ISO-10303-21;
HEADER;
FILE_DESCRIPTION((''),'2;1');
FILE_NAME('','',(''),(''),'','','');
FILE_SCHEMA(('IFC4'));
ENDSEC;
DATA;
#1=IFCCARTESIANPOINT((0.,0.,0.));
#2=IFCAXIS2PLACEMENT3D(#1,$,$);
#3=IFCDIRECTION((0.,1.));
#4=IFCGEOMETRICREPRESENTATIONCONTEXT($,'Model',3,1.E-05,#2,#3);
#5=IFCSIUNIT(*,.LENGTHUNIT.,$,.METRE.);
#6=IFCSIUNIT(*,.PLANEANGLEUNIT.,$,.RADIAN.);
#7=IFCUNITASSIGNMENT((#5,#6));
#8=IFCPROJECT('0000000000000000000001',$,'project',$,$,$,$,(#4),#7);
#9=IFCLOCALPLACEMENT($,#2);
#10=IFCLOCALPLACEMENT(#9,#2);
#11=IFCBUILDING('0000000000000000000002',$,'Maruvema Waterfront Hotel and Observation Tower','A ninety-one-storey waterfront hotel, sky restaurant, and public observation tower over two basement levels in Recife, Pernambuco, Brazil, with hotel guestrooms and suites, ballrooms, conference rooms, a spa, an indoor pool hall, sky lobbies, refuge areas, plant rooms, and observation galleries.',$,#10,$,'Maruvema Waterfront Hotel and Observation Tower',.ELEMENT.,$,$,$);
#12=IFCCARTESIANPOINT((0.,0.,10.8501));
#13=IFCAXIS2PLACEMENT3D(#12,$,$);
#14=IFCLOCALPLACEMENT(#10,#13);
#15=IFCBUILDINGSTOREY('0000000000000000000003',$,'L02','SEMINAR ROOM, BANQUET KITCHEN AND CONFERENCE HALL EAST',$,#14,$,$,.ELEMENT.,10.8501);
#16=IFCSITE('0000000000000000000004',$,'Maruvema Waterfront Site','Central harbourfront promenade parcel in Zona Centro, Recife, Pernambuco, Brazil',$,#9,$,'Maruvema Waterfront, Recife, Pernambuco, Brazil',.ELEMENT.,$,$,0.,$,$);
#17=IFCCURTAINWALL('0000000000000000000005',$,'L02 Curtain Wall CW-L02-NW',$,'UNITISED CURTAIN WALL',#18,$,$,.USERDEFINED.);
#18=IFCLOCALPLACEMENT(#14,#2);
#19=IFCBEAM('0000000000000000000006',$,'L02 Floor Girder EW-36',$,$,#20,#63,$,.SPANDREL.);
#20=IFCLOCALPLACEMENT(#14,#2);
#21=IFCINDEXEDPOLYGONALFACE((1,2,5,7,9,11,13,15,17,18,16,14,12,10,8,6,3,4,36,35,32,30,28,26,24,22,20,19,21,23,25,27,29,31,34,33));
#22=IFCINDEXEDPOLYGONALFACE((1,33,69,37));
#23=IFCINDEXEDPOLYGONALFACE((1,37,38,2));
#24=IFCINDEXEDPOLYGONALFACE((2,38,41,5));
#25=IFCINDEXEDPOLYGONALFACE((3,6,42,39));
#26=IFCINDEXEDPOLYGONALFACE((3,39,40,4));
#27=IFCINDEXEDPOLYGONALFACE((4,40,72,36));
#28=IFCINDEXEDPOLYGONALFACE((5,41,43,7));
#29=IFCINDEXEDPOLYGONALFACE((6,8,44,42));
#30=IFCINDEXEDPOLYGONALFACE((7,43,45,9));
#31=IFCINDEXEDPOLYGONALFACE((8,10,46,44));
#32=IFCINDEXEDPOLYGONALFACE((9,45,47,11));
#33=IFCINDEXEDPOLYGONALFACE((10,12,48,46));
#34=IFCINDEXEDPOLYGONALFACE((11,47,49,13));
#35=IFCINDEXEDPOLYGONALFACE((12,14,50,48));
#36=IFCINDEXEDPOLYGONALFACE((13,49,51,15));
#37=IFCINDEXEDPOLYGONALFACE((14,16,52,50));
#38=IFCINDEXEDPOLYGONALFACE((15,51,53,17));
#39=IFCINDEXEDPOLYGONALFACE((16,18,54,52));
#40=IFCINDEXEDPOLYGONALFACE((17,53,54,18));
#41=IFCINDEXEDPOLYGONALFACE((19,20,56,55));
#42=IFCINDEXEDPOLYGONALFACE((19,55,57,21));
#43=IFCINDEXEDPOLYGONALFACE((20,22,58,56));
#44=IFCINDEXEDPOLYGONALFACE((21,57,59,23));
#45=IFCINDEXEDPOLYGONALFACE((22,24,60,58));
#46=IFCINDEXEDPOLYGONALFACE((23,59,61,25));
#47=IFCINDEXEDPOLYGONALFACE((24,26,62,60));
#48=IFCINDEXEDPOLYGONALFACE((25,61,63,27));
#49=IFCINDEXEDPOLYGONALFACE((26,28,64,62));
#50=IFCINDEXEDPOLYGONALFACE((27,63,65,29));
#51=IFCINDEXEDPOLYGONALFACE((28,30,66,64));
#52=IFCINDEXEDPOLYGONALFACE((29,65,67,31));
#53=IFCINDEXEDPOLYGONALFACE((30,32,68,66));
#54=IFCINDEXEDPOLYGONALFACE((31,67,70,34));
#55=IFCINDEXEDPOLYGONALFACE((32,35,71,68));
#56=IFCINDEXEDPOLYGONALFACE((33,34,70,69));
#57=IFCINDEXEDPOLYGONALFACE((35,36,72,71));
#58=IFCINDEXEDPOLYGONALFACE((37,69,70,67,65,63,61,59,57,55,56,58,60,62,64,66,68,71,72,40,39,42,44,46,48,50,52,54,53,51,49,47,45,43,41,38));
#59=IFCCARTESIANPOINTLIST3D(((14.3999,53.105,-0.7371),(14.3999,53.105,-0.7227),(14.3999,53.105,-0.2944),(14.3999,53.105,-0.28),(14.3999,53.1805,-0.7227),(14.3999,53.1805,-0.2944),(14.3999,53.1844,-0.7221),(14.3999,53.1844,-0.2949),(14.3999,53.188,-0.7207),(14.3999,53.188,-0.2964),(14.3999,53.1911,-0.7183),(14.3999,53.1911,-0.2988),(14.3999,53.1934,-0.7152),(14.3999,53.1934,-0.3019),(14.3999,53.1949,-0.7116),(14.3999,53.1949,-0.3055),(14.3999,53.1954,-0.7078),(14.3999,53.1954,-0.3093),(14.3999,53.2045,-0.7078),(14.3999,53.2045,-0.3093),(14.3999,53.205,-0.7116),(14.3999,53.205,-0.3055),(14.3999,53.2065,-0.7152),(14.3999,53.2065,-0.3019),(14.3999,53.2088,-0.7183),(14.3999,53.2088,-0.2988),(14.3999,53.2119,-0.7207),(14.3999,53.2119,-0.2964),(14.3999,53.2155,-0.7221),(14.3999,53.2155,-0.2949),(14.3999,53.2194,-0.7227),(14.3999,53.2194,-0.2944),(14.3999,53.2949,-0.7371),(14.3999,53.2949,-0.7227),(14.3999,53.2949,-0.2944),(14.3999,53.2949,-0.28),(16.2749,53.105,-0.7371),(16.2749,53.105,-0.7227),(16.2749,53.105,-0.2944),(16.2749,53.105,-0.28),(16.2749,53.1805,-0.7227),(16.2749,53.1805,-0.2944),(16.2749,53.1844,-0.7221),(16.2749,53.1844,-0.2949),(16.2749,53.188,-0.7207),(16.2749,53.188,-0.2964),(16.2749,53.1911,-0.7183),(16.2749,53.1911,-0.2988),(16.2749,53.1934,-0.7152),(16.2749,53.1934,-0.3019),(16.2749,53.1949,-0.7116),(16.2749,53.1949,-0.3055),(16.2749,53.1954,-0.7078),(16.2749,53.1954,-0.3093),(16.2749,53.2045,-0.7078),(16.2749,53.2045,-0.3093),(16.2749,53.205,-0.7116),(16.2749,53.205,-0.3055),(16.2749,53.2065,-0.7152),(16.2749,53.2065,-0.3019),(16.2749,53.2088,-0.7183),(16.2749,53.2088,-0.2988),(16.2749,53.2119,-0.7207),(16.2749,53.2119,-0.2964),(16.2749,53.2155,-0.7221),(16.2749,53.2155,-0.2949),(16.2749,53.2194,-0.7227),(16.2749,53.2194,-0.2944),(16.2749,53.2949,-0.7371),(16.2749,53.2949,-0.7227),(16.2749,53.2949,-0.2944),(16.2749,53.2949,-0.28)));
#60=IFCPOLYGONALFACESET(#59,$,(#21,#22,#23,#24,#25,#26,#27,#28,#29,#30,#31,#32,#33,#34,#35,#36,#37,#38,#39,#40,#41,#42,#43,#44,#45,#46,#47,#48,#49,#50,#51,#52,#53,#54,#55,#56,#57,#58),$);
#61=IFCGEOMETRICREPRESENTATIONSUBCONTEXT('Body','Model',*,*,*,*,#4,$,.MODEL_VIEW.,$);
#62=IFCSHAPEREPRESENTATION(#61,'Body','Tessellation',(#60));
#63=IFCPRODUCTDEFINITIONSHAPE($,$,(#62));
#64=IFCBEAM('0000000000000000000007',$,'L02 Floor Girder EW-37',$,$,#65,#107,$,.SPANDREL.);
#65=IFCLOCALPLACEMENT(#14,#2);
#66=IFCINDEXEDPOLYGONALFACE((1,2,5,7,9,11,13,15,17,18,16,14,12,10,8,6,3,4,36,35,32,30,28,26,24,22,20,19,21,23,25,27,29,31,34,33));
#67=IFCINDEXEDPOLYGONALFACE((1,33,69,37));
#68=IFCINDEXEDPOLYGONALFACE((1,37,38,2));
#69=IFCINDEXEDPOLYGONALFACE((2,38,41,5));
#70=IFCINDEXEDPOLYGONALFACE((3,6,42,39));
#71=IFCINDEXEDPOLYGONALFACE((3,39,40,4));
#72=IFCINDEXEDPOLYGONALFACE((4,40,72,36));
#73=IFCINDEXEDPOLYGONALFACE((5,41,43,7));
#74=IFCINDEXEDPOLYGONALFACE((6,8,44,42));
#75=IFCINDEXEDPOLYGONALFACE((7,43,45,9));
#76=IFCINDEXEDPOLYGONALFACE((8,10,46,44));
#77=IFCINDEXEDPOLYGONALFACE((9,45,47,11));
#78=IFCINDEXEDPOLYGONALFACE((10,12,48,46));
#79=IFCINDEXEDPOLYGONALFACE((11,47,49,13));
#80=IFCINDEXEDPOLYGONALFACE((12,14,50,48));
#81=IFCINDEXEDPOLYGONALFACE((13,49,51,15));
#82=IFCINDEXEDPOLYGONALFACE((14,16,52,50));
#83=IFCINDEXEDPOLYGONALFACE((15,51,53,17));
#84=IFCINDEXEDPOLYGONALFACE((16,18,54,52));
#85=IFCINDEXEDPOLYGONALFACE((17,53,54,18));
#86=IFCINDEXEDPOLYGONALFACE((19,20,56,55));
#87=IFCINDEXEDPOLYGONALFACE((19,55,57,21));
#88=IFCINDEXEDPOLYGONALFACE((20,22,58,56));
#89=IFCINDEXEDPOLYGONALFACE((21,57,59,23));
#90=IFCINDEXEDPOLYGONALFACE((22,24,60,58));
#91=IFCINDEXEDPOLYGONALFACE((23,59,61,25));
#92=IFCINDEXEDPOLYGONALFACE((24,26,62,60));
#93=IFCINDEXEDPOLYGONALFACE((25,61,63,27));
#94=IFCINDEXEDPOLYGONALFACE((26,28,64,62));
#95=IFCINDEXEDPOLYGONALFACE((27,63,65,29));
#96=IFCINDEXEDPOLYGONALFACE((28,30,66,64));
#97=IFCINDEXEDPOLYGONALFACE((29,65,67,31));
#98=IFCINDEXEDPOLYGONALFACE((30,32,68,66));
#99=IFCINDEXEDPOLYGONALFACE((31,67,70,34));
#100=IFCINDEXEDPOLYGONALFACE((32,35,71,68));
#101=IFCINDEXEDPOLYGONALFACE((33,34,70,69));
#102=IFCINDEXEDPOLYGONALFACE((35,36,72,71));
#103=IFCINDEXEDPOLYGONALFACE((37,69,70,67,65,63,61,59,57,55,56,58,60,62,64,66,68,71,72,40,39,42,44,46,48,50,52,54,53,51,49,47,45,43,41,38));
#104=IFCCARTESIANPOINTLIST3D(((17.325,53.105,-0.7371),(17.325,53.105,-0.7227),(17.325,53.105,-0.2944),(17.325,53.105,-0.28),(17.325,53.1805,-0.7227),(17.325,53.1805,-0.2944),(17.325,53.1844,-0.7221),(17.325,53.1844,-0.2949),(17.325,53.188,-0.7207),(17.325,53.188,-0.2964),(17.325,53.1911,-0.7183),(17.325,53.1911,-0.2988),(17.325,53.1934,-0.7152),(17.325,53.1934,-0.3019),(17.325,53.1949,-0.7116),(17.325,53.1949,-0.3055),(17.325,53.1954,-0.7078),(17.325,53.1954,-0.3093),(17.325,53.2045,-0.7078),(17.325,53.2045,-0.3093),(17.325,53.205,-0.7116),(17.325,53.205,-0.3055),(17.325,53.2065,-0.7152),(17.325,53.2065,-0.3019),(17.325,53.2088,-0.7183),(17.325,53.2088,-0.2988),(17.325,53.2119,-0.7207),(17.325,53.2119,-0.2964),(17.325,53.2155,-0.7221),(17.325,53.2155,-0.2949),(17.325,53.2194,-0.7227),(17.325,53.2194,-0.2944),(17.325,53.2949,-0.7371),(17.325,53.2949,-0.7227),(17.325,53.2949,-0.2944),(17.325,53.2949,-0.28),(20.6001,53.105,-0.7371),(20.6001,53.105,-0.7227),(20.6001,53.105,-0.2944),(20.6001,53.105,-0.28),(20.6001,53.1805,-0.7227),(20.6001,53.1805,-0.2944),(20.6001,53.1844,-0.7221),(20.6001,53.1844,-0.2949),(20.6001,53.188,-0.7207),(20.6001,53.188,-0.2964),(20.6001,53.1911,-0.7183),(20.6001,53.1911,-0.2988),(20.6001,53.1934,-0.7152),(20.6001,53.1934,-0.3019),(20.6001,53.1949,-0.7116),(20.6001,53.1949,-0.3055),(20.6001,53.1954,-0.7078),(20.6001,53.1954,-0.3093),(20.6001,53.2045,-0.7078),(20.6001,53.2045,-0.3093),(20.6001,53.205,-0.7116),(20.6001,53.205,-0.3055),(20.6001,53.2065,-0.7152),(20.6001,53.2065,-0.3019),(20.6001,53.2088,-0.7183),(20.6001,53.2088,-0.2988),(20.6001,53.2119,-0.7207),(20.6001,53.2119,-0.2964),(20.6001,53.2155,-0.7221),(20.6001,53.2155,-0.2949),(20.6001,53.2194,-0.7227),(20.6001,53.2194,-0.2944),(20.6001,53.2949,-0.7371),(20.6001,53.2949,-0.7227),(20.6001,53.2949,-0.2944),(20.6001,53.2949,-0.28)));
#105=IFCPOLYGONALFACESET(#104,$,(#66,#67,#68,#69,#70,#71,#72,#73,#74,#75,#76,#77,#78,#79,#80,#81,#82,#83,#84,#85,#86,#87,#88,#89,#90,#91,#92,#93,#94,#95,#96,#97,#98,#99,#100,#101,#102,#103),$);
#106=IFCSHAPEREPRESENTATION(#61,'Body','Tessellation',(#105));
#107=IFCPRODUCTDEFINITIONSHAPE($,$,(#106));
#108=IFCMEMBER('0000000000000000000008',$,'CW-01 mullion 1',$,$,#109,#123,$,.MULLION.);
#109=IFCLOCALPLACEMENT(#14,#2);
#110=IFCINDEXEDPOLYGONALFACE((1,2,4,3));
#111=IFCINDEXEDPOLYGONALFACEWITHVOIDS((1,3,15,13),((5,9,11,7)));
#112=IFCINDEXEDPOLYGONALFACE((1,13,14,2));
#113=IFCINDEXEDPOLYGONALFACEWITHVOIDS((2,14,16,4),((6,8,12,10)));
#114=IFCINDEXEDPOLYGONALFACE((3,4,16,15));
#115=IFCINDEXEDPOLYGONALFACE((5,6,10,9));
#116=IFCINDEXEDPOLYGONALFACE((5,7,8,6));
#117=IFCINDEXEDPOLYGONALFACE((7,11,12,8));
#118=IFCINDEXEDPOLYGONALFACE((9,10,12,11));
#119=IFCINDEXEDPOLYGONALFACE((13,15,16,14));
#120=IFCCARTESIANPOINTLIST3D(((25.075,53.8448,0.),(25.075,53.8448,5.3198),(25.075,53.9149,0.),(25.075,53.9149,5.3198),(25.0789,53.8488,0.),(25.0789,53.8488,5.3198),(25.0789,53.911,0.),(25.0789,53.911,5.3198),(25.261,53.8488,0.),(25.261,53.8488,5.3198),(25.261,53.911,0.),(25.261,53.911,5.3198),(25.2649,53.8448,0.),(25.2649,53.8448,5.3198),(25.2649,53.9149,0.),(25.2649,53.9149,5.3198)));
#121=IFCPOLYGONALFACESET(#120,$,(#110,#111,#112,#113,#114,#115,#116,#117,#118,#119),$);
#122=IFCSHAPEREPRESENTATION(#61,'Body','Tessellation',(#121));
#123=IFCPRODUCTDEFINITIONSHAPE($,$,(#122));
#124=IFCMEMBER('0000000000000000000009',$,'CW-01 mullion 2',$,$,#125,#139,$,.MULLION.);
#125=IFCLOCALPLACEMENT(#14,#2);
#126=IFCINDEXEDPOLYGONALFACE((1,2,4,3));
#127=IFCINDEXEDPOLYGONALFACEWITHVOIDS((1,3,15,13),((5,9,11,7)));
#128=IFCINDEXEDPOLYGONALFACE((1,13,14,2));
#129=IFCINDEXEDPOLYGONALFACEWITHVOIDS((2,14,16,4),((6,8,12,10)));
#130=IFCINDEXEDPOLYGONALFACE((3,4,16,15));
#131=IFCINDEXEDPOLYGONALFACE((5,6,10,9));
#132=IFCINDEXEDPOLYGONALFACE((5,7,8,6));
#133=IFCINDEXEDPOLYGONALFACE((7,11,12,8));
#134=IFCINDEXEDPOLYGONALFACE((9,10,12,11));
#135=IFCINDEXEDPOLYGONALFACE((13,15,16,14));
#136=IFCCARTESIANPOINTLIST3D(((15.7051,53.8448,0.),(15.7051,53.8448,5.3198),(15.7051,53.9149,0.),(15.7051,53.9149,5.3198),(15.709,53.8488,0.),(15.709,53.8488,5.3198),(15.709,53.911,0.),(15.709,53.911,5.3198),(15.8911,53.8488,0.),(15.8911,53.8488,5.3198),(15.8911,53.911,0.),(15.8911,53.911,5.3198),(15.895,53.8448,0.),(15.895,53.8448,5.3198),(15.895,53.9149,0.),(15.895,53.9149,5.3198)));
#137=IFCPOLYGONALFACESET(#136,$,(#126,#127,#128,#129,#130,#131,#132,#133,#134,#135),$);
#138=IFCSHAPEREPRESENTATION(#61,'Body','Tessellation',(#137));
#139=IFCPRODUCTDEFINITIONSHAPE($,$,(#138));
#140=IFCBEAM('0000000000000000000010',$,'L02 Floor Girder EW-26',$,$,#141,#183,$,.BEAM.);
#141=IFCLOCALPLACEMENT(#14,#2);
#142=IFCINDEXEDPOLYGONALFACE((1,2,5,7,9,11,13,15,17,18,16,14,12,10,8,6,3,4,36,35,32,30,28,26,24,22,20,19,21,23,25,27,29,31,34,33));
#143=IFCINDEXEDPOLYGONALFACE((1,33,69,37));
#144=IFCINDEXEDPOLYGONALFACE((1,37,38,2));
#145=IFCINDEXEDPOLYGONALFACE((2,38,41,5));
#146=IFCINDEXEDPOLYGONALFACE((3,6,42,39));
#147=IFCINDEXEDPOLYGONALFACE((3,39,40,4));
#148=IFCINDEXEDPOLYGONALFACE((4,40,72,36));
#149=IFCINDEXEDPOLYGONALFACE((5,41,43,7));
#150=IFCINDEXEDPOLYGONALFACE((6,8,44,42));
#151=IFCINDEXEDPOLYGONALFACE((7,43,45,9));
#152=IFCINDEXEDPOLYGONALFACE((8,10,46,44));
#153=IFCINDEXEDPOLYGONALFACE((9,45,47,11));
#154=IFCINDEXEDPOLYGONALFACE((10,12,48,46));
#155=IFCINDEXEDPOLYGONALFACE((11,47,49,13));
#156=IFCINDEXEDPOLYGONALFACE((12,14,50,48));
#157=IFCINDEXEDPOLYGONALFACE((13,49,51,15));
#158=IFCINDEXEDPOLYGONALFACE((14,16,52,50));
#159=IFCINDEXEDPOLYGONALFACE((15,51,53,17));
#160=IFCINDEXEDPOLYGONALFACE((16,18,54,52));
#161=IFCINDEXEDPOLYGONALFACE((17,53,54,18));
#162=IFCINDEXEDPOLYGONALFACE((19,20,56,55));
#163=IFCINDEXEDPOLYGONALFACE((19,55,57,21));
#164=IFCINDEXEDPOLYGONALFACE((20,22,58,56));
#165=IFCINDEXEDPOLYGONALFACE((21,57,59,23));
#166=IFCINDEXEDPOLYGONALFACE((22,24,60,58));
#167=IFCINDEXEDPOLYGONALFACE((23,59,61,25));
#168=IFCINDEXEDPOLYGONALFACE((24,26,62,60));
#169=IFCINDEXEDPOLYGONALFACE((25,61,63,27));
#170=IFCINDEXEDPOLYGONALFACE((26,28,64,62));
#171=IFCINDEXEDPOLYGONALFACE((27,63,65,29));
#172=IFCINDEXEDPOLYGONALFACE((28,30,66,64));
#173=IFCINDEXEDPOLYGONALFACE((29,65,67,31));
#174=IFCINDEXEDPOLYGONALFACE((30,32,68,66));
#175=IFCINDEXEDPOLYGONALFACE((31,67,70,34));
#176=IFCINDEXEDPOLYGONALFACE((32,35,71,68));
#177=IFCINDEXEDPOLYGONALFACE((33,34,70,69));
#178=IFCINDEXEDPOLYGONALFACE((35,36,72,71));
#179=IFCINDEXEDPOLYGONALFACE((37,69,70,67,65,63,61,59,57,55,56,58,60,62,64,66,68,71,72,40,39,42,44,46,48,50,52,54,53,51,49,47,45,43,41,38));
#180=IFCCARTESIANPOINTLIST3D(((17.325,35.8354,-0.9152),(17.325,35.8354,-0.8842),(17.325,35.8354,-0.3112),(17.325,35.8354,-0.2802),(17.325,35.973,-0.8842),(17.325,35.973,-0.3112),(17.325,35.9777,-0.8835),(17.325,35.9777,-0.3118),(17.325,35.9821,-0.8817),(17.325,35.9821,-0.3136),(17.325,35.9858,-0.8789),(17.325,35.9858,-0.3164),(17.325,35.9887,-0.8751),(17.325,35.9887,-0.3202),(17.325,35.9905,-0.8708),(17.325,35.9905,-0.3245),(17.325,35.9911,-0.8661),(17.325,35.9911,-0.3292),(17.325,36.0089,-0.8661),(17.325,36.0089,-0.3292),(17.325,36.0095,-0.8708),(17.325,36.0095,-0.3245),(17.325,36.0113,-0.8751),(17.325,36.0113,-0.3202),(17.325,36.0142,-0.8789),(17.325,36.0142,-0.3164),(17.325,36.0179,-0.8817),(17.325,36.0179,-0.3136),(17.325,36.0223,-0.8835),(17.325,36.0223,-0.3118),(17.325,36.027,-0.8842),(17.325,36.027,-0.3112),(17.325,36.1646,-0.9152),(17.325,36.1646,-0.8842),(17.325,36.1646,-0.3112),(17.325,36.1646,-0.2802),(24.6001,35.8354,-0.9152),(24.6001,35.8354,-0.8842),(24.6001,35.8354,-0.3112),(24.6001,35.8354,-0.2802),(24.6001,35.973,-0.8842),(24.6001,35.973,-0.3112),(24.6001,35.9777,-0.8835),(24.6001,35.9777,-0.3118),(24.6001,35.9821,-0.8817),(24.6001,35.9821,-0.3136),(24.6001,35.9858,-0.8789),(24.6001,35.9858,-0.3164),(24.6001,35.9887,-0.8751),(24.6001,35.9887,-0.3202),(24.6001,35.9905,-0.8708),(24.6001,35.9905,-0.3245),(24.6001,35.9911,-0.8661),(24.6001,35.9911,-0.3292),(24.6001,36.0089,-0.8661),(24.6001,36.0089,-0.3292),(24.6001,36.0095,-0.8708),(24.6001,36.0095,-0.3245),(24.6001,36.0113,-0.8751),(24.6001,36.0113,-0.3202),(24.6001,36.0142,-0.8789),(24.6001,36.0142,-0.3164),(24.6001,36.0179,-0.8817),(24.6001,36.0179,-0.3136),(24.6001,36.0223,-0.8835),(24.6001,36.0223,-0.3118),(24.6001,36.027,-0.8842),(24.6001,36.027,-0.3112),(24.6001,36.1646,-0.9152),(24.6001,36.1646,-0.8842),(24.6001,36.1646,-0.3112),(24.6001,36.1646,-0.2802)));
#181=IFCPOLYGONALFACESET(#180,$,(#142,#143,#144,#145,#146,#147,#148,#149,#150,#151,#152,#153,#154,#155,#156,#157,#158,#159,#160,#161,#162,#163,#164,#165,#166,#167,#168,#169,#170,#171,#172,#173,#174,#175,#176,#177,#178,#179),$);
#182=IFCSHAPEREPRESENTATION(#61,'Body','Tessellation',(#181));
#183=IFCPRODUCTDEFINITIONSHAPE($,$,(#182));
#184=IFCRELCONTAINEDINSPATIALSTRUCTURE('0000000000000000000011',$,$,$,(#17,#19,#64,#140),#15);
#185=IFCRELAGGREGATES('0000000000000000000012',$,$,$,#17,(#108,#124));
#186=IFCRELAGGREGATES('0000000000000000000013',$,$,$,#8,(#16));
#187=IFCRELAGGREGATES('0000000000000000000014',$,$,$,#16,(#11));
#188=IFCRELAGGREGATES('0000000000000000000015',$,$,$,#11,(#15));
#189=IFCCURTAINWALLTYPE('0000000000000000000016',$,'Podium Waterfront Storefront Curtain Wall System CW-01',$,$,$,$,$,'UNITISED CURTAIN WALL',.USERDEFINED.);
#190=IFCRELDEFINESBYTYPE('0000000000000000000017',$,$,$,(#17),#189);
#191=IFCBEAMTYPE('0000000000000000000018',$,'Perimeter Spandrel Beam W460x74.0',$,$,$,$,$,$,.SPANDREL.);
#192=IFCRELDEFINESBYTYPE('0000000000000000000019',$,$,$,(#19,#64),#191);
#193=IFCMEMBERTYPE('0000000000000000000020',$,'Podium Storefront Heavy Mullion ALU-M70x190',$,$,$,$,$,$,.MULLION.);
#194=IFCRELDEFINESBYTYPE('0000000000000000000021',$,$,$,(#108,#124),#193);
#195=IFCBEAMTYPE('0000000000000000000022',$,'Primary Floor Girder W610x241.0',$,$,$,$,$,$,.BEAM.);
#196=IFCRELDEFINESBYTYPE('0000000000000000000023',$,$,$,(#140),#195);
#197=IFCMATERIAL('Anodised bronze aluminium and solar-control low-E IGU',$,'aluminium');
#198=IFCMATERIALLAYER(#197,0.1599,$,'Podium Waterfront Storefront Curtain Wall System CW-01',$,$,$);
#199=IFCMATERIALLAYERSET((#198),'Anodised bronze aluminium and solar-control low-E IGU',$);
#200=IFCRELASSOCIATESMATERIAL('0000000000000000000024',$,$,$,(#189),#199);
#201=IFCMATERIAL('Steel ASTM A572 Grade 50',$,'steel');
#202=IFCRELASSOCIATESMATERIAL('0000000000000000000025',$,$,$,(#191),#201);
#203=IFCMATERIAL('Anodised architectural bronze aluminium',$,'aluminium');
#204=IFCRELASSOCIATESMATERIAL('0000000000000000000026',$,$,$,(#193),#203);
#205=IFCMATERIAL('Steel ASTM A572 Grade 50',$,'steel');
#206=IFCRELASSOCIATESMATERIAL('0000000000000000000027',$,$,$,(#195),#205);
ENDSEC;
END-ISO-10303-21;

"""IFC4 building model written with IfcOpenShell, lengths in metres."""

from ifc_helpers import new_model, si_unit, direction, frame, origin, origin_2d, place, context, subcontext, project, spatial, hollow_rectangle, i_section, extrude, material, layer, layer_set, material_profile, profile_set, type_object, element, aggregate, save


model = new_model("IFC4")

# Units and contexts
model_context = context("Model", 3, precision=1e-05, world=origin(), true_north=direction((0.0, 1.0)))
body_context = subcontext(model_context, "Body", "Model", "MODEL_VIEW")
ifc_project = project(units=[si_unit("LENGTHUNIT", "METRE"), si_unit("PLANEANGLEUNIT", "RADIAN")], contexts=[model_context])

# Site, building, storey
site_placement = place(None, origin())
site = spatial("IfcSite", under=ifc_project, at=site_placement, Name="Maruvema Waterfront Site", Description="Central harbourfront promenade parcel in Zona Centro, Recife, Pernambuco, Brazil", LongName="Maruvema Waterfront, Recife, Pernambuco, Brazil", CompositionType="ELEMENT", RefElevation=0.0)
building_placement = place(site_placement, origin())
building = spatial("IfcBuilding", under=site, at=building_placement, Name="Maruvema Waterfront Hotel and Observation Tower", Description="A ninety-one-storey waterfront hotel, sky restaurant, and public observation tower over two basement levels in Recife, Pernambuco, Brazil, with hotel guestrooms and suites, ballrooms, conference rooms, a spa, an indoor pool hall, sky lobbies, refuge areas, plant rooms, and observation galleries.", LongName="Maruvema Waterfront Hotel and Observation Tower", CompositionType="ELEMENT")
storey_placement = place(building_placement, frame((0.0, 0.0, 10.8501)))
storey = spatial("IfcBuildingStorey", under=building, at=storey_placement, Name="L02", Description="SEMINAR ROOM, BANQUET KITCHEN AND CONFERENCE HALL EAST", CompositionType="ELEMENT", Elevation=10.8501)

# Curtain wall
ifc_material_1 = material(Name="Anodised bronze aluminium and solar-control low-E IGU", Category="aluminium")
ifc_layer_1 = layer(ifc_material_1, 0.1599, Name="Podium Waterfront Storefront Curtain Wall System CW-01")
ifc_layer_set_1 = layer_set([ifc_layer_1], Name="Anodised bronze aluminium and solar-control low-E IGU")
curtain_wall_type = type_object("IfcCurtainWallType", Name="Podium Waterfront Storefront Curtain Wall System CW-01", ElementType="UNITISED CURTAIN WALL", PredefinedType="USERDEFINED", material=ifc_layer_set_1)
curtain_wall_placement = place(storey_placement, origin())
curtain_wall = element("IfcCurtainWall", 1, at=curtain_wall_placement, inside=storey, type_object=curtain_wall_type, Name="L02 Curtain Wall CW-L02-NW", ObjectType="UNITISED CURTAIN WALL", PredefinedType="USERDEFINED")

# Beams
ifc_material_2 = material(Name="Steel ASTM A572 Grade 50", Category="steel")
ifc_material_profile_1 = material_profile(ifc_material_2, i_section(OverallWidth=0.1899, OverallDepth=0.457, WebThickness=0.009, FlangeThickness=0.0144, FilletRadius=0.0149, at=origin_2d()), Name="W460x74.0")
ifc_profile_set_1 = profile_set([ifc_material_profile_1], Name="Steel ASTM A572 Grade 50")
beam_type_1 = type_object("IfcBeamType", Name="Perimeter Spandrel Beam W460x74.0", PredefinedType="SPANDREL", material=ifc_profile_set_1)
beam_1_placement = place(storey_placement, frame((14.3999, 53.2, -0.5085), z_axis=(1.0, 0.0, 0.0), x_axis=(0.0, 1.0, 0.0)))
element("IfcBeam", 2, at=beam_1_placement, inside=storey, type_object=beam_type_1, Name="L02 Floor Girder EW-36", PredefinedType="SPANDREL", context=body_context, shape_type="SweptSolid", body=[
    extrude(i_section(OverallWidth=0.1899, OverallDepth=0.457, WebThickness=0.009, FlangeThickness=0.0144, FilletRadius=0.0149, at=origin_2d()), origin(), (0.0, 0.0, 1.0), 1.875),
])
beam_2_placement = place(storey_placement, frame((17.325, 53.2, -0.5085), z_axis=(1.0, 0.0, 0.0), x_axis=(0.0, 1.0, 0.0)))
element("IfcBeam", 3, at=beam_2_placement, inside=storey, type_object=beam_type_1, Name="L02 Floor Girder EW-37", PredefinedType="SPANDREL", context=body_context, shape_type="SweptSolid", body=[
    extrude(i_section(OverallWidth=0.1899, OverallDepth=0.457, WebThickness=0.009, FlangeThickness=0.0144, FilletRadius=0.0149, at=origin_2d()), origin(), (0.0, 0.0, 1.0), 3.2751),
])

# Members
ifc_material_3 = material(Name="Anodised architectural bronze aluminium", Category="aluminium")
ifc_material_profile_2 = material_profile(ifc_material_3, hollow_rectangle(XDim=0.0701, YDim=0.1899, WallThickness=0.0039, at=origin_2d()), Name="ALU-M70x190")
ifc_profile_set_2 = profile_set([ifc_material_profile_2], Name="Anodised architectural bronze aluminium")
member_type_1 = type_object("IfcMemberType", Name="Podium Storefront Heavy Mullion ALU-M70x190", PredefinedType="MULLION", material=ifc_profile_set_2)
member_1_placement = place(storey_placement, frame((25.1699, 53.8799, 0.0), z_axis=(0.0, 0.0, 1.0), x_axis=(0.0, -1.0, 0.0)))
member_1 = element("IfcMember", 4, at=member_1_placement, type_object=member_type_1, Name="CW-01 mullion 1", PredefinedType="MULLION", context=body_context, shape_type="SweptSolid", body=[
    extrude(hollow_rectangle(XDim=0.0701, YDim=0.1899, WallThickness=0.0039, at=origin_2d()), origin(), (0.0, 0.0, 1.0), 5.3198),
])
member_2_placement = place(storey_placement, frame((15.8, 53.8799, 0.0), z_axis=(0.0, 0.0, 1.0), x_axis=(0.0, -1.0, 0.0)))
member_2 = element("IfcMember", 5, at=member_2_placement, type_object=member_type_1, Name="CW-01 mullion 2", PredefinedType="MULLION", context=body_context, shape_type="SweptSolid", body=[
    extrude(hollow_rectangle(XDim=0.0701, YDim=0.1899, WallThickness=0.0039, at=origin_2d()), origin(), (0.0, 0.0, 1.0), 5.3198),
])

# Beam
ifc_material_4 = material(Name="Steel ASTM A572 Grade 50", Category="steel")
ifc_material_profile_3 = material_profile(ifc_material_4, i_section(OverallWidth=0.3291, OverallDepth=0.635, WebThickness=0.0178, FlangeThickness=0.031, FilletRadius=0.0181, at=origin_2d()), Name="W610x241.0")
ifc_profile_set_3 = profile_set([ifc_material_profile_3], Name="Steel ASTM A572 Grade 50")
beam_type_2 = type_object("IfcBeamType", Name="Primary Floor Girder W610x241.0", PredefinedType="BEAM", material=ifc_profile_set_3)
beam_3_placement = place(storey_placement, frame((17.325, 36.0, -0.5977), z_axis=(1.0, 0.0, 0.0), x_axis=(0.0, 1.0, 0.0)))
element("IfcBeam", 6, at=beam_3_placement, inside=storey, type_object=beam_type_2, Name="L02 Floor Girder EW-26", PredefinedType="BEAM", context=body_context, shape_type="SweptSolid", body=[
    extrude(i_section(OverallWidth=0.3291, OverallDepth=0.635, WebThickness=0.0178, FlangeThickness=0.031, FilletRadius=0.0181, at=origin_2d()), origin(), (0.0, 0.0, 1.0), 7.2751),
])

aggregate(curtain_wall, [member_1, member_2])

save(model, "model.ifc")
